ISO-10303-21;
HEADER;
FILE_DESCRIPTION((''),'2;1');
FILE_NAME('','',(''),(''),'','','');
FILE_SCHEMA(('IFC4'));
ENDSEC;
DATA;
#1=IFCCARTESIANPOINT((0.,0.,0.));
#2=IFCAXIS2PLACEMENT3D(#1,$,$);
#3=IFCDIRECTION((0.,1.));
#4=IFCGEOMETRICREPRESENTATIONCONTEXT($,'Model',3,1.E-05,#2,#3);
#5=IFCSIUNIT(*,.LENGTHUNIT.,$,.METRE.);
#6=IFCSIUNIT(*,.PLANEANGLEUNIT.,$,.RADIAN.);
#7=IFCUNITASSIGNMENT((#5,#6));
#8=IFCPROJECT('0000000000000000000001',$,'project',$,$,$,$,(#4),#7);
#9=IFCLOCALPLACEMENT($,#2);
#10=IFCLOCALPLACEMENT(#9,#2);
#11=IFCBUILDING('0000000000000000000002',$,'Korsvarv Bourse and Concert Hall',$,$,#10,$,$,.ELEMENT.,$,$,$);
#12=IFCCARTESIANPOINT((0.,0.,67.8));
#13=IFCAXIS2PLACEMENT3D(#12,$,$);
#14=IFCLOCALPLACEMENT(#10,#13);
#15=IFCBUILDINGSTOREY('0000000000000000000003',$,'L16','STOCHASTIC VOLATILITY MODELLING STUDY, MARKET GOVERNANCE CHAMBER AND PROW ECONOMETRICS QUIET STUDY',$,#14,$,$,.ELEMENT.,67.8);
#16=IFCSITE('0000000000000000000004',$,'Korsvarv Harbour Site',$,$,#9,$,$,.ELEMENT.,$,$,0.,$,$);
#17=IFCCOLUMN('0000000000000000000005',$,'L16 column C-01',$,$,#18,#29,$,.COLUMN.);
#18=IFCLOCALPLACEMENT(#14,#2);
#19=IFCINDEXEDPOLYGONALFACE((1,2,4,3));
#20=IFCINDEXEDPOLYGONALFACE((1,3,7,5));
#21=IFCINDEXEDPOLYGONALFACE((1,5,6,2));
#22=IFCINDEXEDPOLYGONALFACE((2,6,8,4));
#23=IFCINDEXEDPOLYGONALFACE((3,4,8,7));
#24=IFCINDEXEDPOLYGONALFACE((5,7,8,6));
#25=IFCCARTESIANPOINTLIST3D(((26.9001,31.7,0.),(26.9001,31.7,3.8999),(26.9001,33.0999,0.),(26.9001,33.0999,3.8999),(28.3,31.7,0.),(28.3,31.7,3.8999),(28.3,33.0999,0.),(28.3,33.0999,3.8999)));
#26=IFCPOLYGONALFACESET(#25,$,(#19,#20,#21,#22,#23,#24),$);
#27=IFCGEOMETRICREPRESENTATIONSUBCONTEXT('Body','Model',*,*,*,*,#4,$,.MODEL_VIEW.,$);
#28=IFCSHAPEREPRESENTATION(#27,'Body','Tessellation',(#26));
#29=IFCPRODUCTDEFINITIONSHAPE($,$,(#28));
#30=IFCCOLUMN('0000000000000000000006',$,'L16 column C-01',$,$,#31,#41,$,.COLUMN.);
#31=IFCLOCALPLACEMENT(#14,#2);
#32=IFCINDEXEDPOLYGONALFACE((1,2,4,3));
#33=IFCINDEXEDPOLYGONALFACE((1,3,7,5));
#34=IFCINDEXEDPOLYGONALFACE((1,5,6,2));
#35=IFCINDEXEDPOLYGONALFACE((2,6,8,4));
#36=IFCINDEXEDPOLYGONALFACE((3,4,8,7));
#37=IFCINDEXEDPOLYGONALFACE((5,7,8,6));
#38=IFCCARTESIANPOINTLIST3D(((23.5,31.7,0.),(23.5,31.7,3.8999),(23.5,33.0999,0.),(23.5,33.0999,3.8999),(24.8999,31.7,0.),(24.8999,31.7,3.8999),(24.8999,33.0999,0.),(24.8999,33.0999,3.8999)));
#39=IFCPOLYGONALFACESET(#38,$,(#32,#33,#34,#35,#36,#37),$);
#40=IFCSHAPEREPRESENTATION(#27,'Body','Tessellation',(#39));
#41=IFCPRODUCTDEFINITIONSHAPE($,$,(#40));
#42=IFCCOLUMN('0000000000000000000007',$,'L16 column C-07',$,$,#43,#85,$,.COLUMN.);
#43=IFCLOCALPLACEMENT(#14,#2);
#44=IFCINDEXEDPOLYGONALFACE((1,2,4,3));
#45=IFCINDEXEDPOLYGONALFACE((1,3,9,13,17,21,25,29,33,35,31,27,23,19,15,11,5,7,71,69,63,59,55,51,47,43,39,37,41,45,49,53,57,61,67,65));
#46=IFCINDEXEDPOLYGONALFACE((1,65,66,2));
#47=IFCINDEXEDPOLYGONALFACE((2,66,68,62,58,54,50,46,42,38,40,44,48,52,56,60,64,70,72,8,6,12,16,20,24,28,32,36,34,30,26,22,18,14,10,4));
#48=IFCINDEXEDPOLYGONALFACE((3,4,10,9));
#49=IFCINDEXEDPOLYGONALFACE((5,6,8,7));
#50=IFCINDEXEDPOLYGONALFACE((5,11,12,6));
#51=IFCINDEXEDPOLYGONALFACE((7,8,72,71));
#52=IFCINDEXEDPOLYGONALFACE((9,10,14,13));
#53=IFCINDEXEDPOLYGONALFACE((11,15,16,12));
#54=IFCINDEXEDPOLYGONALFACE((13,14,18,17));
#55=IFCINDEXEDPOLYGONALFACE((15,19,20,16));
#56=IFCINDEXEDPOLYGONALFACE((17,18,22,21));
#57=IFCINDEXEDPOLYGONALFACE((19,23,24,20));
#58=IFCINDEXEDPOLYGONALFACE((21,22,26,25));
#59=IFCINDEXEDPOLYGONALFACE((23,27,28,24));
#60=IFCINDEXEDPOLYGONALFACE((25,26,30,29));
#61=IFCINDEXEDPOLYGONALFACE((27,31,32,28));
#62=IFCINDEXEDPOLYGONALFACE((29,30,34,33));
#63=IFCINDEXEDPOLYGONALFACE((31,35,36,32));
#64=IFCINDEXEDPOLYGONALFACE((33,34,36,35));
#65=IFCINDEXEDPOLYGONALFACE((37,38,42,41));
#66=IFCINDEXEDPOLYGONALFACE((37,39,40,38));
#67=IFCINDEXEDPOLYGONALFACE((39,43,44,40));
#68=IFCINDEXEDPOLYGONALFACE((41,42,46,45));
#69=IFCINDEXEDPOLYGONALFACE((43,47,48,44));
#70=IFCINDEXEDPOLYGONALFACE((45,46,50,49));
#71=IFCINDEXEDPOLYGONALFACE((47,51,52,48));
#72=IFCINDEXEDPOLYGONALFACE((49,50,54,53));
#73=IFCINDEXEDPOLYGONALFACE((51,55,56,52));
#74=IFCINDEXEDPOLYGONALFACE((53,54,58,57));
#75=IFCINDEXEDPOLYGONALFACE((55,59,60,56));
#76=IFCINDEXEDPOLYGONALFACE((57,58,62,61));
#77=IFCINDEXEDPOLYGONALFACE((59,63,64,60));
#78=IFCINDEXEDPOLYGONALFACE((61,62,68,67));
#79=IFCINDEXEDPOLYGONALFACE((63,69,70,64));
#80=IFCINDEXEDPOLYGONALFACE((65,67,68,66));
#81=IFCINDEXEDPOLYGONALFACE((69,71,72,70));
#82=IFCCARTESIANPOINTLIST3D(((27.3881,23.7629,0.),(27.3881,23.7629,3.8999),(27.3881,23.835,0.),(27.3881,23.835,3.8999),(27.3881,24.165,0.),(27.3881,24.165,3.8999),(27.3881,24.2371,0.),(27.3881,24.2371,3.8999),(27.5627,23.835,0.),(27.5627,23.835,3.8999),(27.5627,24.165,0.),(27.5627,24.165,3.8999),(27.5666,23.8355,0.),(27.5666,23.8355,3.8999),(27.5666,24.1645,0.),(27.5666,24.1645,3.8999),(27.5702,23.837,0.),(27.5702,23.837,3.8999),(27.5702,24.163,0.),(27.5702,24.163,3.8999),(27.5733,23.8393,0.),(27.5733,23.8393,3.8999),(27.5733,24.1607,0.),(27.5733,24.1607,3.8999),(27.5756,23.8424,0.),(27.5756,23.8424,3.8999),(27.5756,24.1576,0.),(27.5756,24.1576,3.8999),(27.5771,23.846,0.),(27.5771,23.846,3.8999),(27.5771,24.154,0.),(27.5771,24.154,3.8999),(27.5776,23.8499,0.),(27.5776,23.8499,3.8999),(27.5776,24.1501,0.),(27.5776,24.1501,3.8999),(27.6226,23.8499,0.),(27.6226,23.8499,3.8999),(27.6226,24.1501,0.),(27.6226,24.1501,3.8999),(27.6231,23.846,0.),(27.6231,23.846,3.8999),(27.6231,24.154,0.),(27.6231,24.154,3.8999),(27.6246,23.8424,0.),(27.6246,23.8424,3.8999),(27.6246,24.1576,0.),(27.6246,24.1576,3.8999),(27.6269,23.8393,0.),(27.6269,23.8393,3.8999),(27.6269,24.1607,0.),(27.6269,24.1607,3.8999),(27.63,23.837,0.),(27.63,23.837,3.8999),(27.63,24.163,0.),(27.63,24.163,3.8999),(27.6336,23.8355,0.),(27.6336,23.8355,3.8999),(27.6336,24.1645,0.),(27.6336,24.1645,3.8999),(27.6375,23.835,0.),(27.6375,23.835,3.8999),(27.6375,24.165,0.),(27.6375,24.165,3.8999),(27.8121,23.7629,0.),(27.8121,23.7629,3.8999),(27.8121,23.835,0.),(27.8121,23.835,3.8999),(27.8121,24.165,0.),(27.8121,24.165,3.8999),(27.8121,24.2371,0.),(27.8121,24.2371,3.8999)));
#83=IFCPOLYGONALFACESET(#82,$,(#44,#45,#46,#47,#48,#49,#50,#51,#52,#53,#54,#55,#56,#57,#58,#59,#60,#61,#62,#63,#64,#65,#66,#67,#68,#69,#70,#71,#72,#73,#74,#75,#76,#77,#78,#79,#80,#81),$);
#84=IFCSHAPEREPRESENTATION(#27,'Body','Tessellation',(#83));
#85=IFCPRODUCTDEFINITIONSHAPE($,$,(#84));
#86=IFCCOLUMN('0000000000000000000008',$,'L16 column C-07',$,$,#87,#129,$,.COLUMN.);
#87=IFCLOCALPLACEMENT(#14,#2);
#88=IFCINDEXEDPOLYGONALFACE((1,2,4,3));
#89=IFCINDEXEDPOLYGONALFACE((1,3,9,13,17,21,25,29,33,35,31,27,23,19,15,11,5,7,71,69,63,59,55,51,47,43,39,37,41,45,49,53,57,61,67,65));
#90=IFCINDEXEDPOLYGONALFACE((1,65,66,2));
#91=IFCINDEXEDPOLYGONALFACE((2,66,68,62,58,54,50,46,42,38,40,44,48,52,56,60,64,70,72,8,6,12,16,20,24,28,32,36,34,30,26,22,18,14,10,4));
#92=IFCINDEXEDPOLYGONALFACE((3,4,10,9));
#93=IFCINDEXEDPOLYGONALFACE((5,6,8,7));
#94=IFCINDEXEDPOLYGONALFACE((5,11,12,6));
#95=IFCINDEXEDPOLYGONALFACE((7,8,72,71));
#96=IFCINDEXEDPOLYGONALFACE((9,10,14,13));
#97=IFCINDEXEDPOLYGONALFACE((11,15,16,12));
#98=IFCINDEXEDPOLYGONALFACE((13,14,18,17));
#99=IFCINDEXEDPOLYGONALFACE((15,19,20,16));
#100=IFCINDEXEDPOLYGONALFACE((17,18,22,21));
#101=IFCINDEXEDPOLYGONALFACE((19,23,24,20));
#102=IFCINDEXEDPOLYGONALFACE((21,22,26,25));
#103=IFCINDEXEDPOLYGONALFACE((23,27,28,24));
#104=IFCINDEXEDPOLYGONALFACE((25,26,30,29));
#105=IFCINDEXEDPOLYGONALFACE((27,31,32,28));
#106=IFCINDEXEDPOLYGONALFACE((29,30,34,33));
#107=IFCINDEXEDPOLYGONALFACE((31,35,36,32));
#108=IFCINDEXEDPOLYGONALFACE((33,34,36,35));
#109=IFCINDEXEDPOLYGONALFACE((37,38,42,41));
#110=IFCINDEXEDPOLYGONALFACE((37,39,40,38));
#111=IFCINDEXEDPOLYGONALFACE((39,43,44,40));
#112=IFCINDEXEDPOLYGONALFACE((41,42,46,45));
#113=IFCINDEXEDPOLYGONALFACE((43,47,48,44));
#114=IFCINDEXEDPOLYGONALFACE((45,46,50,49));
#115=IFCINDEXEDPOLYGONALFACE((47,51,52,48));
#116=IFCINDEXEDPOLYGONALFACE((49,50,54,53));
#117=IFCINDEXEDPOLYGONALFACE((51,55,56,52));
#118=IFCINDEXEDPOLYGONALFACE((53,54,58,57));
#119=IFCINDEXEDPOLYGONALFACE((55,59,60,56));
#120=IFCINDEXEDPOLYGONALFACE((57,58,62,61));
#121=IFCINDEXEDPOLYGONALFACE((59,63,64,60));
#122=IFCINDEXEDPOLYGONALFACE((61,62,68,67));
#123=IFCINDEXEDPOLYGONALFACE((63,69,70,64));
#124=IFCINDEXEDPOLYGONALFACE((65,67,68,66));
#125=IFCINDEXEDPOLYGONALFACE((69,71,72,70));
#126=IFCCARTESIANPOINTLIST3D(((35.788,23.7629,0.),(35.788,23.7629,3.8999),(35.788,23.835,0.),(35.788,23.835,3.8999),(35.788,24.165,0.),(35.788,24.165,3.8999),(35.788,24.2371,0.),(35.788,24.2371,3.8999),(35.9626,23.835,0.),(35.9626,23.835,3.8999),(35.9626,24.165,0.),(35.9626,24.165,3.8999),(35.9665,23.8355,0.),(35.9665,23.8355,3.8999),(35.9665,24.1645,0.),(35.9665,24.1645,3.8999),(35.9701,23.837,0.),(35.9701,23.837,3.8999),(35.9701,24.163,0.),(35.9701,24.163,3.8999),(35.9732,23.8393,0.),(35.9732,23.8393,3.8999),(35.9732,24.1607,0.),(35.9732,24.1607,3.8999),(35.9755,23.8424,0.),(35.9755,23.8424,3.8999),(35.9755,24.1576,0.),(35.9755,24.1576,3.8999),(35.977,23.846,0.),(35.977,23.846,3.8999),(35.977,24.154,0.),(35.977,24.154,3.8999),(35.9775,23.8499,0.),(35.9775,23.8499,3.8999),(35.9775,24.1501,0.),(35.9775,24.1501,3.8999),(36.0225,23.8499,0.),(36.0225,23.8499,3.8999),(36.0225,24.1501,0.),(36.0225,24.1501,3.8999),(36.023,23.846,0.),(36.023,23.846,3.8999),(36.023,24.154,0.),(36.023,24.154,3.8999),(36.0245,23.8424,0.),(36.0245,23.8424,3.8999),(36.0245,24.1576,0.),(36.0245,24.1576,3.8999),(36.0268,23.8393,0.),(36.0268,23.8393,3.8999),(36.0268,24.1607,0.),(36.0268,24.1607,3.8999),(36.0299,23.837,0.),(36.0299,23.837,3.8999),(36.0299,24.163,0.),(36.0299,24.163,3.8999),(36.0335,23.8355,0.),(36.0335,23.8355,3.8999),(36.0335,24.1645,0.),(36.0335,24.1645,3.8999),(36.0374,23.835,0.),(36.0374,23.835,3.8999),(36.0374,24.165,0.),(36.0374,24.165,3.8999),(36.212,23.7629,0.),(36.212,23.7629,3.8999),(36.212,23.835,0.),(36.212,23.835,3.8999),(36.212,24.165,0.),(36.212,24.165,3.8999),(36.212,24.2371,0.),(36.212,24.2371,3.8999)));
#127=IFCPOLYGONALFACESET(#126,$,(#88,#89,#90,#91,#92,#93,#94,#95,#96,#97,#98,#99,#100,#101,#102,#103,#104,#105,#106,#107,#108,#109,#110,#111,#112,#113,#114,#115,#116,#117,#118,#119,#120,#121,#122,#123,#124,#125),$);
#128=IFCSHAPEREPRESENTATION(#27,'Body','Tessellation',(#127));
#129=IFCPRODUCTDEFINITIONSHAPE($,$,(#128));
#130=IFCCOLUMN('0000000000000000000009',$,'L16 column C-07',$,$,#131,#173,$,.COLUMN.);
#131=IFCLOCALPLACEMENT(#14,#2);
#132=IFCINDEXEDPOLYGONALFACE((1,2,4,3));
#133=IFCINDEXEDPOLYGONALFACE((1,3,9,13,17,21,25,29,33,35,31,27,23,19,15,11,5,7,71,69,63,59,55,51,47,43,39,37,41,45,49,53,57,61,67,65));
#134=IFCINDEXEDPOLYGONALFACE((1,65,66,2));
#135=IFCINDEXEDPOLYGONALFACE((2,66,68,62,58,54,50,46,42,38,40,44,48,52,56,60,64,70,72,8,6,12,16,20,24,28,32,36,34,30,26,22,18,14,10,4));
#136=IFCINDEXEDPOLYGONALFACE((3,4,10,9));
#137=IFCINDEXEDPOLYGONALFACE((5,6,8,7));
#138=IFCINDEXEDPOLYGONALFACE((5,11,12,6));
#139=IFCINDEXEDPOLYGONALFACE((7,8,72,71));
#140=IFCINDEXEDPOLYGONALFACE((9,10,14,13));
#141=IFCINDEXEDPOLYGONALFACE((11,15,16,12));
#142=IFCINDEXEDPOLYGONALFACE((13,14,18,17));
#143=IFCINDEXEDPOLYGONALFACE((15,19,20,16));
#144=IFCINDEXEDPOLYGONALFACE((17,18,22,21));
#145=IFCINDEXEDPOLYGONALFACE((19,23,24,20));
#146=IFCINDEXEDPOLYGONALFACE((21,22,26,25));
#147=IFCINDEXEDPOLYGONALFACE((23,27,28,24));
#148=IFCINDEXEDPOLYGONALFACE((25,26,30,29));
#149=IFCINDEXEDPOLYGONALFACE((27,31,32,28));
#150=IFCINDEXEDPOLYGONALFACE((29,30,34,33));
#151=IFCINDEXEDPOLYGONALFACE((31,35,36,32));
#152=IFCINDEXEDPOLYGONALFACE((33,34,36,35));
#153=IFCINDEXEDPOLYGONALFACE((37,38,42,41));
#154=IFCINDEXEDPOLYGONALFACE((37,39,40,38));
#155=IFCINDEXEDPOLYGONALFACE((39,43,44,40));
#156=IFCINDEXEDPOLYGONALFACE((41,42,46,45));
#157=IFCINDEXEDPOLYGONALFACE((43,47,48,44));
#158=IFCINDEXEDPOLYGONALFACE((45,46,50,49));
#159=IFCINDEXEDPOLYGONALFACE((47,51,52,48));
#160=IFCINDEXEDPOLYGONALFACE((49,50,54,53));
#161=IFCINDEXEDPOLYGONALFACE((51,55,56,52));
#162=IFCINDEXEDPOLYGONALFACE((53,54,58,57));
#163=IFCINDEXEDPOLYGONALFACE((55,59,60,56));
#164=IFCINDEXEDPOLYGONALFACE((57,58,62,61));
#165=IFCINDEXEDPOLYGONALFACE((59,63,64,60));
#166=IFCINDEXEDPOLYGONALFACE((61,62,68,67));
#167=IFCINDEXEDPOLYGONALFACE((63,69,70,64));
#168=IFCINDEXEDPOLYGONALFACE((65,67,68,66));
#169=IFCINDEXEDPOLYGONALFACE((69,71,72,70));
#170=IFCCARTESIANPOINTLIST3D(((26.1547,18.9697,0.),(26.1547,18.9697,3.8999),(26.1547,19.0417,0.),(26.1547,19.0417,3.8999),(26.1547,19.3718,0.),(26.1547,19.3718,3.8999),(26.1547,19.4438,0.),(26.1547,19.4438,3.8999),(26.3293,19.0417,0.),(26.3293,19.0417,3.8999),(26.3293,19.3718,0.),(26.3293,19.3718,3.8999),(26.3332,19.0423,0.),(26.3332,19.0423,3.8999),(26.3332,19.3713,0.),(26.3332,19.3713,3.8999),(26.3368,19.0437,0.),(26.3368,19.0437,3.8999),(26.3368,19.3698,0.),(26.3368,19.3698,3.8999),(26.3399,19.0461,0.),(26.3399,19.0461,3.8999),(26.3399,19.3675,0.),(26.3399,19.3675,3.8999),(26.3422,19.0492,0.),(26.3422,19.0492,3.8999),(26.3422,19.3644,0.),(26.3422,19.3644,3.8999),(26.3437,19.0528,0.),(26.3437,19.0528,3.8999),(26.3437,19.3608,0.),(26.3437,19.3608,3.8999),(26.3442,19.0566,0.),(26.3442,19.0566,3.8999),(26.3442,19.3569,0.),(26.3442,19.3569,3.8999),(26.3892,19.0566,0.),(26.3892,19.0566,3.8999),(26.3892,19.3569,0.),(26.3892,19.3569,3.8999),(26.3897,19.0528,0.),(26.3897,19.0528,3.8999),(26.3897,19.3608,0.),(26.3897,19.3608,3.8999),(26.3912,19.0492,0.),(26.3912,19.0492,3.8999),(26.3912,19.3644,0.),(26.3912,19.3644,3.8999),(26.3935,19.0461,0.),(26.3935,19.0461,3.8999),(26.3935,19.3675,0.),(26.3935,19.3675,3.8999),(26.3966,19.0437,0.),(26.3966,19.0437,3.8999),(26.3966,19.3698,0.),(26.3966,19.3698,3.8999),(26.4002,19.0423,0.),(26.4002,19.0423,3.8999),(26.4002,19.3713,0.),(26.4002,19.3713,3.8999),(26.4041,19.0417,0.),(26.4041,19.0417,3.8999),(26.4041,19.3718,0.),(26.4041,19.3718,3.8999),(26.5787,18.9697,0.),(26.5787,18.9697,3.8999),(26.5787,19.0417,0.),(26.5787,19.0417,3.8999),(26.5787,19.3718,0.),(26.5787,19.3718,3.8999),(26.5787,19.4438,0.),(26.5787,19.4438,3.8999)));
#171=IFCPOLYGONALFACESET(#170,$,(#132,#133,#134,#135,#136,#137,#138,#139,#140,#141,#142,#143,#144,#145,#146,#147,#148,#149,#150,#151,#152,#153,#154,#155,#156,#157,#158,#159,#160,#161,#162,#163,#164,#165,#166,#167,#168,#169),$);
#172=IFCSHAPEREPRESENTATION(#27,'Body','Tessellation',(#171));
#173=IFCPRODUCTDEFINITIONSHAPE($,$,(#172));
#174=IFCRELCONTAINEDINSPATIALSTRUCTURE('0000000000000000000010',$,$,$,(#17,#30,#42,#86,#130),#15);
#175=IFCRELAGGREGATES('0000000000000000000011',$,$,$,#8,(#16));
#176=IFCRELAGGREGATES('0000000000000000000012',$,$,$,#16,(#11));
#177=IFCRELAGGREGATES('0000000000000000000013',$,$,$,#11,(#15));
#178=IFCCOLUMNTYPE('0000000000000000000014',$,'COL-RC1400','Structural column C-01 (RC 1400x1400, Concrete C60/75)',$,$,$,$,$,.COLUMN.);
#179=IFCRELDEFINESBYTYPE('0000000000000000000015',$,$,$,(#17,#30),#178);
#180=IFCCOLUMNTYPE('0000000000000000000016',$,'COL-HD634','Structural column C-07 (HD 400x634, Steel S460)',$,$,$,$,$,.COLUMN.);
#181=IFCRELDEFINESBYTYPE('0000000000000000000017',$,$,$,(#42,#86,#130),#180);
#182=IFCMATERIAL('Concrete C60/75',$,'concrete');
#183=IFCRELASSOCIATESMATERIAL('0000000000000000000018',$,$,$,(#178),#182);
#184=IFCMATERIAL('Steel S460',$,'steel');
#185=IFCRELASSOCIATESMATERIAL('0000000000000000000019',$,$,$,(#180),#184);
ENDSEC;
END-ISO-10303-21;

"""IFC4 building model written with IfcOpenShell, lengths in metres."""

from ifc_helpers import new_model, si_unit, direction, frame, origin, origin_2d, place, context, subcontext, project, spatial, rectangle, i_section, extrude, source, transform, mapped, material, material_profile, profile_set, type_object, element, save


model = new_model("IFC4")

# Units and contexts
model_context = context("Model", 3, precision=1e-05, world=origin(), true_north=direction((0.0, 1.0)))
body_context = subcontext(model_context, "Body", "Model", "MODEL_VIEW")
ifc_project = project(units=[si_unit("LENGTHUNIT", "METRE"), si_unit("PLANEANGLEUNIT", "RADIAN")], contexts=[model_context])

# Site, building, storey
site_placement = place(None, origin())
site = spatial("IfcSite", under=ifc_project, at=site_placement, Name="Korsvarv Harbour Site", CompositionType="ELEMENT", RefElevation=0.0)
building_placement = place(site_placement, origin())
building = spatial("IfcBuilding", under=site, at=building_placement, Name="Korsvarv Bourse and Concert Hall", CompositionType="ELEMENT")
storey_placement = place(building_placement, frame((0.0, 0.0, 67.8)))
storey = spatial("IfcBuildingStorey", under=building, at=storey_placement, Name="L16", Description="STOCHASTIC VOLATILITY MODELLING STUDY, MARKET GOVERNANCE CHAMBER AND PROW ECONOMETRICS QUIET STUDY", CompositionType="ELEMENT", Elevation=67.8)

# Columns
ifc_material_1 = material(Name="Concrete C60/75", Category="concrete")
ifc_material_profile_1 = material_profile(ifc_material_1, rectangle(XDim=1.3999, YDim=1.3999, at=origin_2d()), Name="RC 1400x1400")
ifc_profile_set_1 = profile_set([ifc_material_profile_1], Name="Concrete C60/75")
column_type_1 = type_object("IfcColumnType", Name="COL-RC1400", Description="Structural column C-01 (RC 1400x1400, Concrete C60/75)", PredefinedType="COLUMN", material=ifc_profile_set_1)
shared_shape_1 = source(origin(), body_context, "Body", "SweptSolid", [
    extrude(rectangle(XDim=1.3999, YDim=1.3999, at=origin_2d()), origin(), (0.0, 0.0, 1.0), 3.8999),
])
for number, where, z_axis, x_axis, name in (
    (1, (27.6001, 32.3999, 0.0), (0.0, 0.0, 1.0), (1.0, 0.0, 0.0), "L16 column C-01"),
    (2, (24.2, 32.3999, 0.0), (0.0, 0.0, 1.0), (1.0, 0.0, 0.0), "L16 column C-01"),
):
    element("IfcColumn", number, at=place(storey_placement, frame(where, z_axis=z_axis, x_axis=x_axis)), inside=storey, type_object=column_type_1, Name=name, PredefinedType="COLUMN", context=body_context, shape_type="MappedRepresentation", body=[
        mapped(shared_shape_1, transform((0.0, 0.0, 0.0), scale=1.0)),
    ])
ifc_material_2 = material(Name="Steel S460", Category="steel")
ifc_material_profile_2 = material_profile(ifc_material_2, i_section(OverallWidth=0.4241, OverallDepth=0.4741, WebThickness=0.0449, FlangeThickness=0.072, FilletRadius=0.0149, at=origin_2d()), Name="HD 400x634")
ifc_profile_set_2 = profile_set([ifc_material_profile_2], Name="Steel S460")
column_type_2 = type_object("IfcColumnType", Name="COL-HD634", Description="Structural column C-07 (HD 400x634, Steel S460)", PredefinedType="COLUMN", material=ifc_profile_set_2)
shared_shape_2 = source(origin(), body_context, "Body", "SweptSolid", [
    extrude(i_section(OverallWidth=0.4241, OverallDepth=0.4741, WebThickness=0.0449, FlangeThickness=0.072, FilletRadius=0.0149, at=origin_2d()), origin(), (0.0, 0.0, 1.0), 3.8999),
])
for number, where, z_axis, x_axis, name in (
    (3, (27.6001, 24.0, 0.0), (0.0, 0.0, 1.0), (1.0, 0.0, 0.0), "L16 column C-07"),
    (4, (36.0, 24.0, 0.0), (0.0, 0.0, 1.0), (1.0, 0.0, 0.0), "L16 column C-07"),
    (5, (26.3667, 19.2068, 0.0), (0.0, 0.0, 1.0), (1.0, 0.0, 0.0), "L16 column C-07"),
):
    element("IfcColumn", number, at=place(storey_placement, frame(where, z_axis=z_axis, x_axis=x_axis)), inside=storey, type_object=column_type_2, Name=name, PredefinedType="COLUMN", context=body_context, shape_type="MappedRepresentation", body=[
        mapped(shared_shape_2, transform((0.0, 0.0, 0.0), scale=1.0)),
    ])

save(model, "model.ifc")
